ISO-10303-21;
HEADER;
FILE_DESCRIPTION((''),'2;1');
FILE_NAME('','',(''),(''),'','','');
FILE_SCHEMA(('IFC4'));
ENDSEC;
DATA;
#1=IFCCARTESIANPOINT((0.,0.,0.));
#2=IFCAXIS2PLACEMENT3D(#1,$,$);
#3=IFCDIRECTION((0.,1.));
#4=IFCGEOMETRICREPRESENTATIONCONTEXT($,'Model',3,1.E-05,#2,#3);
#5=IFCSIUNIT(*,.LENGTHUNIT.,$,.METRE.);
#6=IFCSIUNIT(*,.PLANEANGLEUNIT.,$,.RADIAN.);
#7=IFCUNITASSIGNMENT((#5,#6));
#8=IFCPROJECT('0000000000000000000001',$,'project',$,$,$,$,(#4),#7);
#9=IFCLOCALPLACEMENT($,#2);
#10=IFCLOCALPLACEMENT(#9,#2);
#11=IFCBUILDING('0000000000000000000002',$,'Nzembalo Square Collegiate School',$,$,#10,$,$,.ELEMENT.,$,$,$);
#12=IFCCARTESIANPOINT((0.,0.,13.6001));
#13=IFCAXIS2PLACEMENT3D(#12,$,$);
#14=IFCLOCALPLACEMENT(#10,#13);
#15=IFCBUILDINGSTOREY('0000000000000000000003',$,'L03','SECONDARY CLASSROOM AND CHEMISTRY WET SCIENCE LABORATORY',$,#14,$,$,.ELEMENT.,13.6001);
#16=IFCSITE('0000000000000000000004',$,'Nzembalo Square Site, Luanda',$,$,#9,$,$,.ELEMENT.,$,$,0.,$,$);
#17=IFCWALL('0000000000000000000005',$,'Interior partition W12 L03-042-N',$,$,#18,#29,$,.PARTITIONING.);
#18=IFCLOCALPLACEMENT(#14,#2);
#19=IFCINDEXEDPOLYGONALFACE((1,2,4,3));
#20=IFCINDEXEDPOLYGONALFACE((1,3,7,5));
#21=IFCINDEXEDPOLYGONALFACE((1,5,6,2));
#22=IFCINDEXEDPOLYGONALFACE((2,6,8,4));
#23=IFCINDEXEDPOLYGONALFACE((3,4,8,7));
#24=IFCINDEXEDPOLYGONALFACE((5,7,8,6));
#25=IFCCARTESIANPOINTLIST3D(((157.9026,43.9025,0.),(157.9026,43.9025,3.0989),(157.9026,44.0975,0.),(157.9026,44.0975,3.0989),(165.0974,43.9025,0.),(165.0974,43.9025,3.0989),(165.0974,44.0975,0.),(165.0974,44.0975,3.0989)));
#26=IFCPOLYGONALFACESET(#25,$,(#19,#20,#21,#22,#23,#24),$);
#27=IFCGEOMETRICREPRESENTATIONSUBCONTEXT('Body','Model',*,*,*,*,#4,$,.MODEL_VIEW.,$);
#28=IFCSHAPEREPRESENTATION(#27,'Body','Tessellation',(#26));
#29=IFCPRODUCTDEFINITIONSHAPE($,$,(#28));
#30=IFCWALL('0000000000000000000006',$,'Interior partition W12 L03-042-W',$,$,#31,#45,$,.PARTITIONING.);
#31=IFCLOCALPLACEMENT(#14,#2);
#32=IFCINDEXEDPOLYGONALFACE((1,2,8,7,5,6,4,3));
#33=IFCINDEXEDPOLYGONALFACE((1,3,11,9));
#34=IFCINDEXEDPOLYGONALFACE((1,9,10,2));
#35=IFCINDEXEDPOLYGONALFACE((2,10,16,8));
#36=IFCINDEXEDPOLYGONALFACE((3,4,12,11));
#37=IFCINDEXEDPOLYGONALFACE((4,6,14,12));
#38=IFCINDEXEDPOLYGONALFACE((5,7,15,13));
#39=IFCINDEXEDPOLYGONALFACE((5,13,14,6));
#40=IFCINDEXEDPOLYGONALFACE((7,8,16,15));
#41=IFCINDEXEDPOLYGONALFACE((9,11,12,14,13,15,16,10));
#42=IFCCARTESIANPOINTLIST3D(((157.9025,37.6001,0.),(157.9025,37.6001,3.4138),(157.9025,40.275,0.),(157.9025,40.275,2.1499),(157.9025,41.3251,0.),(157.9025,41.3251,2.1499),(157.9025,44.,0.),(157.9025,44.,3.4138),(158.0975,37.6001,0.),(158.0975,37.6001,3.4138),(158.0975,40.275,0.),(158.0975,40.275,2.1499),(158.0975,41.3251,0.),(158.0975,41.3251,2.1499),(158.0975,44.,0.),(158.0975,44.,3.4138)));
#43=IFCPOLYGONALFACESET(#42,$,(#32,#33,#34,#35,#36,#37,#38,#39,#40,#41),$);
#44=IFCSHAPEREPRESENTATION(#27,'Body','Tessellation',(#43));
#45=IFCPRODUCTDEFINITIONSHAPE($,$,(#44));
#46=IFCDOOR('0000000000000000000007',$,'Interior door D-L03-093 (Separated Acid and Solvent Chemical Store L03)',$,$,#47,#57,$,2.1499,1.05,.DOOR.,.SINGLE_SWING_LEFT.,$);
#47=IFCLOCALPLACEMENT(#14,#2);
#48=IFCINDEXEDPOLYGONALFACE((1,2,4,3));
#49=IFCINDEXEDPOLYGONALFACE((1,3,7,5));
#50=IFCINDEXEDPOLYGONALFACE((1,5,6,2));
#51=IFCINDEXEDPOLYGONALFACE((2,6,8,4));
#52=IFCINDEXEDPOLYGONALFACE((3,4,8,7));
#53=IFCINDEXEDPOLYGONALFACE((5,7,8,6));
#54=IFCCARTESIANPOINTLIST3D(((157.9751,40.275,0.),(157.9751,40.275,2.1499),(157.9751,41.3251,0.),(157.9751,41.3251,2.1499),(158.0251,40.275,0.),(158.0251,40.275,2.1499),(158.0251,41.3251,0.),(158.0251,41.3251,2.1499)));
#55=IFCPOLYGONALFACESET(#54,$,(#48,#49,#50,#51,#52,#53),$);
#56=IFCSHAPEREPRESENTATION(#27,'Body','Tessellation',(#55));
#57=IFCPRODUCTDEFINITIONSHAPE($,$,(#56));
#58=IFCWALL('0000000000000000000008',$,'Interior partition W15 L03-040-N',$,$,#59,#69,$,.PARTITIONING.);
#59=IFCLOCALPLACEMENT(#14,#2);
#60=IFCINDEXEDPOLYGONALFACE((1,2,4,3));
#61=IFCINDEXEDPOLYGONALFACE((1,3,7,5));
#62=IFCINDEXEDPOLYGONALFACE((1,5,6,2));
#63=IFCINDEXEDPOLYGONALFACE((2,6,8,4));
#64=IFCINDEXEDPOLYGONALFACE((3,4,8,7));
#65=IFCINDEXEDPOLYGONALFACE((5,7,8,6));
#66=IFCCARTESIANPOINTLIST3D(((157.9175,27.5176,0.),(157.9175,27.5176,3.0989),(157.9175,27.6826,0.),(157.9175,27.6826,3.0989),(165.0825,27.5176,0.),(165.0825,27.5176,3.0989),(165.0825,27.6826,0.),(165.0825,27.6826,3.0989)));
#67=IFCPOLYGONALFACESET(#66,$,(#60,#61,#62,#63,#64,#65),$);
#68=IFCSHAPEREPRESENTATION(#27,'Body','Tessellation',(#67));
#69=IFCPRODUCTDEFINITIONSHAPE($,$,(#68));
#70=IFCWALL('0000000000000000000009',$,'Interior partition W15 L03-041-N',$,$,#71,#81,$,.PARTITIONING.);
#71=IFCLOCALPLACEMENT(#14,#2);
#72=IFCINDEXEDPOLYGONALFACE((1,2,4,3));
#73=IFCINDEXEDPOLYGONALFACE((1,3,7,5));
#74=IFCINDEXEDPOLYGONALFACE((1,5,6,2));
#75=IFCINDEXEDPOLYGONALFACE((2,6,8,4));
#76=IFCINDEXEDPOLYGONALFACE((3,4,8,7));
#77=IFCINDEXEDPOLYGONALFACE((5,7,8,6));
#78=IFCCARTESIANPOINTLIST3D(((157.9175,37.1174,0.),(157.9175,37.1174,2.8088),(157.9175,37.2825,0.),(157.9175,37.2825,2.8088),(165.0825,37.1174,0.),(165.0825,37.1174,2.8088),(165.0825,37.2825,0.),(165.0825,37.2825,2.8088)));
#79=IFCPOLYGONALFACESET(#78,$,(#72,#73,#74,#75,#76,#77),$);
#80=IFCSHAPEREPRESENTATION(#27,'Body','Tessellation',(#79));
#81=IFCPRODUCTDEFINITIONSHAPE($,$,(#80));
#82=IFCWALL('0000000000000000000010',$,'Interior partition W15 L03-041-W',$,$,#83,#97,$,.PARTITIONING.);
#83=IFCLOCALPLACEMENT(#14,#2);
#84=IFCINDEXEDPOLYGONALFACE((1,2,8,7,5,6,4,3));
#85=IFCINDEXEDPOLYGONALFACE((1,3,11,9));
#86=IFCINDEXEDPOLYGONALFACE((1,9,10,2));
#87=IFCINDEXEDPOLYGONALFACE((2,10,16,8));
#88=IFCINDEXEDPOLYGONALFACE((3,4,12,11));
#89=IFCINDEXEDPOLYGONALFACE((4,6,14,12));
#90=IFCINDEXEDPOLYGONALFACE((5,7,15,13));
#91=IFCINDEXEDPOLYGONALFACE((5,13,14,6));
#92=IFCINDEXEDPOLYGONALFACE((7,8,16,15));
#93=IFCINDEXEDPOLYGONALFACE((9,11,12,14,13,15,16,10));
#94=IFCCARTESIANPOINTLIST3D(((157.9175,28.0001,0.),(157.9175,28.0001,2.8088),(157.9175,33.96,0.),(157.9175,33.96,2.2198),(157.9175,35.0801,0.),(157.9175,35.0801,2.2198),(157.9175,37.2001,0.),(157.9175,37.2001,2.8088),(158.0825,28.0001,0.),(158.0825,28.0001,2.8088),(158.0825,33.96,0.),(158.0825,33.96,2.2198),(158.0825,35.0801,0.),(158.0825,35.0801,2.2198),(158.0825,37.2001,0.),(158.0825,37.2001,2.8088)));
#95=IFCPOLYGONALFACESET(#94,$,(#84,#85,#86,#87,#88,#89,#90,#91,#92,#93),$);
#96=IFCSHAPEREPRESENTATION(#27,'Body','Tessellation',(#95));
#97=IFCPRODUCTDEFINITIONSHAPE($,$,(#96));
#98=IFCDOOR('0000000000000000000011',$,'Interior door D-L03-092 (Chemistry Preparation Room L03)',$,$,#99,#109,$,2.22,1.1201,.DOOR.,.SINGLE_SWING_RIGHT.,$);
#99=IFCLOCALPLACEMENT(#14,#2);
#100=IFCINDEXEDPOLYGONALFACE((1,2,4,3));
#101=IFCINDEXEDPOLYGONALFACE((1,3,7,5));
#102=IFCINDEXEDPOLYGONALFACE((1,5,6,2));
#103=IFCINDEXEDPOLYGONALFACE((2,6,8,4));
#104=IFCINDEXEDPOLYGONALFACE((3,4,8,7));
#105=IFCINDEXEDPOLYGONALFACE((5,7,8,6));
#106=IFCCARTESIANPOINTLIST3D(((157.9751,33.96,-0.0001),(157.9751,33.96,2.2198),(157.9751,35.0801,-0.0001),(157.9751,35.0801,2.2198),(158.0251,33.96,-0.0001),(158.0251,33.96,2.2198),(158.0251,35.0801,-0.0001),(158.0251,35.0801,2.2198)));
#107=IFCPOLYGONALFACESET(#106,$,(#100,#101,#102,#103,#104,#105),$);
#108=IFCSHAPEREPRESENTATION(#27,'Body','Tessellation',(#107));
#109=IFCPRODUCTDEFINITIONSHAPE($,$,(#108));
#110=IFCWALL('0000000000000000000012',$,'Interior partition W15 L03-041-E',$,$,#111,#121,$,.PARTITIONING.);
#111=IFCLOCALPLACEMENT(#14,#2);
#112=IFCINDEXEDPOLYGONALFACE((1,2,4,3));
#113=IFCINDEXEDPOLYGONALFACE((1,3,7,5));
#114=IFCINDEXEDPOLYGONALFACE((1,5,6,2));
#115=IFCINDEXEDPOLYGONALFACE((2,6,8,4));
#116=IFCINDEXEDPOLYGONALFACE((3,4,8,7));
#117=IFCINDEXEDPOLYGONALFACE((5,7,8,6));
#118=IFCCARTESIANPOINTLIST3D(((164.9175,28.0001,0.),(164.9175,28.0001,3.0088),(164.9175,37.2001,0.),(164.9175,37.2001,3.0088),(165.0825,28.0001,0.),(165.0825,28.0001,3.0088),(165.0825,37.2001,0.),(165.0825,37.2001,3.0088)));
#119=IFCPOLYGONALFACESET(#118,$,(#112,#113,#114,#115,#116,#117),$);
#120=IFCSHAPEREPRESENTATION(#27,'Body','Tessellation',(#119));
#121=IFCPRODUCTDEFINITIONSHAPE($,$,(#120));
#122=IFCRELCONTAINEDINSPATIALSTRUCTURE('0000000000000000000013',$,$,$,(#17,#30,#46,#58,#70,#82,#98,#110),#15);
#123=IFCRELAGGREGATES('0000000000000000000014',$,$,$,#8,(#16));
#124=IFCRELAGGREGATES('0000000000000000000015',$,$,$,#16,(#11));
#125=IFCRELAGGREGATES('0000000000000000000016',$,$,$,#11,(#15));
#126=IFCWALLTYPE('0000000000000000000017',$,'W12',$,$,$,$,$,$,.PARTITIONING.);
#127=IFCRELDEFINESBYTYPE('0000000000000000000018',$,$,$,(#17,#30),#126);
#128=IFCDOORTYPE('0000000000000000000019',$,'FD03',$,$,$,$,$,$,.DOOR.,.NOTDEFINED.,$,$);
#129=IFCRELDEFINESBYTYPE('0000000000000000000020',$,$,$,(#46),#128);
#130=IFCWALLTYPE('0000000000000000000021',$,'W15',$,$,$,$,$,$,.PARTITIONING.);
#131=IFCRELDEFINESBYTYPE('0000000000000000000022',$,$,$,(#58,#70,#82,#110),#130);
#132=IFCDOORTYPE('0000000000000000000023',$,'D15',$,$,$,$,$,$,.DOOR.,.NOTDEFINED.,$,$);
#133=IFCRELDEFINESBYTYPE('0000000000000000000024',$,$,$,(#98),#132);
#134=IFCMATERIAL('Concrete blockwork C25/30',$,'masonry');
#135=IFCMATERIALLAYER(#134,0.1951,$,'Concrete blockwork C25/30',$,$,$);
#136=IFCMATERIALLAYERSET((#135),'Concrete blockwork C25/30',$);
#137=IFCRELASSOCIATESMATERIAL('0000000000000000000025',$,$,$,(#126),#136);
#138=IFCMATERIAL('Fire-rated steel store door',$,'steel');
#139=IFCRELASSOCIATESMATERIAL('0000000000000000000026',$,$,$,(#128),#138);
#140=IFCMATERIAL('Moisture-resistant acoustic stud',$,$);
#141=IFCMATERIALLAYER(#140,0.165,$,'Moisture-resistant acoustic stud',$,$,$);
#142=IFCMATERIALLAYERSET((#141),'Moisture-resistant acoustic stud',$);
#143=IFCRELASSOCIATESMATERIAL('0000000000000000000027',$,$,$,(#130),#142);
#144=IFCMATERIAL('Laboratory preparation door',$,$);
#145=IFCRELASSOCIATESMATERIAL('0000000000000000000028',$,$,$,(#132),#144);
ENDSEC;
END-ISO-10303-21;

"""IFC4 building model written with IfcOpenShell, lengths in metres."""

from ifc_helpers import new_model, si_unit, direction, frame, frame_2d, origin, place, context, subcontext, project, spatial, rectangle, extrude, material, layer, layer_set, type_object, element, fill, save


model = new_model("IFC4")

# Units and contexts
model_context = context("Model", 3, precision=1e-05, world=origin(), true_north=direction((0.0, 1.0)))
body_context = subcontext(model_context, "Body", "Model", "MODEL_VIEW")
ifc_project = project(units=[si_unit("LENGTHUNIT", "METRE"), si_unit("PLANEANGLEUNIT", "RADIAN")], contexts=[model_context])

# Site, building, storey
site_placement = place(None, origin())
site = spatial("IfcSite", under=ifc_project, at=site_placement, Name="Nzembalo Square Site, Luanda", CompositionType="ELEMENT", RefElevation=0.0)
building_placement = place(site_placement, origin())
building = spatial("IfcBuilding", under=site, at=building_placement, Name="Nzembalo Square Collegiate School", CompositionType="ELEMENT")
storey_placement = place(building_placement, frame((0.0, 0.0, 13.6001)))
storey = spatial("IfcBuildingStorey", under=building, at=storey_placement, Name="L03", Description="SECONDARY CLASSROOM AND CHEMISTRY WET SCIENCE LABORATORY", CompositionType="ELEMENT", Elevation=13.6001)

# Wall
ifc_material_1 = material(Name="Concrete blockwork C25/30", Category="masonry")
ifc_layer_1 = layer(ifc_material_1, 0.1951, Name="Concrete blockwork C25/30")
ifc_layer_set_1 = layer_set([ifc_layer_1], Name="Concrete blockwork C25/30")
wall_type_1 = type_object("IfcWallType", Name="W12", PredefinedType="PARTITIONING", material=ifc_layer_set_1)
wall_1_placement = place(storey_placement, frame((157.9026, 44.0, 0.0), z_axis=(0.0, 0.0, 1.0), x_axis=(1.0, 0.0, 0.0)))
element("IfcWall", 1, at=wall_1_placement, inside=storey, type_object=wall_type_1, Name="Interior partition W12 L03-042-N", PredefinedType="PARTITIONING", context=body_context, shape_type="SweptSolid", body=[
    extrude(rectangle(XDim=7.1948, YDim=0.1951, at=frame_2d((3.5974, 0.0))), origin(), (0.0, 0.0, 1.0), 3.0989),
])

# Wall, opening, door
wall_2_placement = place(storey_placement, frame((158.0, 37.6001, 0.0), z_axis=(0.0, 0.0, 1.0), x_axis=(0.0, 1.0, 0.0)))
wall_2 = element("IfcWall", 2, at=wall_2_placement, inside=storey, type_object=wall_type_1, Name="Interior partition W12 L03-042-W", PredefinedType="PARTITIONING", context=body_context, shape_type="SweptSolid", body=[
    extrude(rectangle(XDim=6.3999, YDim=0.1951, at=frame_2d((3.2, 0.0))), origin(), (0.0, 0.0, 1.0), 3.4138),
])
opening_1_placement = place(wall_2_placement, frame((2.675, 0.0, 0.0)))
opening_1 = element("IfcOpeningElement", 3, at=opening_1_placement, cuts=wall_2, PredefinedType="OPENING", context=body_context, shape_type="SweptSolid", body=[
    extrude(rectangle(XDim=1.05, YDim=2.1499, at=frame_2d((0.5249, 1.075))), frame((0.0, 0.1074, 0.0), z_axis=(0.0, -1.0, 0.0), x_axis=(1.0, 0.0, 0.0)), (0.0, 0.0, 1.0), 0.2151),
])
ifc_material_2 = material(Name="Fire-rated steel store door", Category="steel")
door_type_1 = type_object("IfcDoorType", Name="FD03", OperationType="NOTDEFINED", PredefinedType="DOOR", material=ifc_material_2)
door_1_placement = place(opening_1_placement, origin())
door_1 = element("IfcDoor", 4, at=door_1_placement, inside=storey, type_object=door_type_1, Name="Interior door D-L03-093 (Separated Acid and Solvent Chemical Store L03)", OperationType="SINGLE_SWING_LEFT", OverallHeight=2.1499, OverallWidth=1.05, PredefinedType="DOOR", context=body_context, shape_type="SweptSolid", body=[
    extrude(rectangle(XDim=1.05, YDim=2.1499, at=frame_2d((0.5249, 1.075))), frame((0.0, 0.0249, 0.0), z_axis=(0.0, -1.0, 0.0), x_axis=(1.0, 0.0, 0.0)), (0.0, 0.0, 1.0), 0.05),
])
fill(opening_1, door_1)

# Walls
ifc_material_3 = material(Name="Moisture-resistant acoustic stud")
ifc_layer_2 = layer(ifc_material_3, 0.165, Name="Moisture-resistant acoustic stud")
ifc_layer_set_2 = layer_set([ifc_layer_2], Name="Moisture-resistant acoustic stud")
wall_type_2 = type_object("IfcWallType", Name="W15", PredefinedType="PARTITIONING", material=ifc_layer_set_2)
wall_3_placement = place(storey_placement, frame((157.9175, 27.6001, 0.0), z_axis=(0.0, 0.0, 1.0), x_axis=(1.0, 0.0, 0.0)))
element("IfcWall", 5, at=wall_3_placement, inside=storey, type_object=wall_type_2, Name="Interior partition W15 L03-040-N", PredefinedType="PARTITIONING", context=body_context, shape_type="SweptSolid", body=[
    extrude(rectangle(XDim=7.165, YDim=0.165, at=frame_2d((3.5825, 0.0))), origin(), (0.0, 0.0, 1.0), 3.0989),
])
wall_4_placement = place(storey_placement, frame((157.9175, 37.2, 0.0), z_axis=(0.0, 0.0, 1.0), x_axis=(1.0, 0.0, 0.0)))
element("IfcWall", 6, at=wall_4_placement, inside=storey, type_object=wall_type_2, Name="Interior partition W15 L03-041-N", PredefinedType="PARTITIONING", context=body_context, shape_type="SweptSolid", body=[
    extrude(rectangle(XDim=7.165, YDim=0.165, at=frame_2d((3.5825, 0.0))), origin(), (0.0, 0.0, 1.0), 2.8088),
])

# Wall, opening, door
wall_5_placement = place(storey_placement, frame((158.0, 28.0, 0.0), z_axis=(0.0, 0.0, 1.0), x_axis=(0.0, 1.0, 0.0)))
wall_5 = element("IfcWall", 7, at=wall_5_placement, inside=storey, type_object=wall_type_2, Name="Interior partition W15 L03-041-W", PredefinedType="PARTITIONING", context=body_context, shape_type="SweptSolid", body=[
    extrude(rectangle(XDim=9.2, YDim=0.165, at=frame_2d((4.6001, 0.0))), origin(), (0.0, 0.0, 1.0), 2.8088),
])
opening_2_placement = place(wall_5_placement, frame((5.96, 0.0, 0.0)))
opening_2 = element("IfcOpeningElement", 8, at=opening_2_placement, cuts=wall_5, PredefinedType="OPENING", context=body_context, shape_type="SweptSolid", body=[
    extrude(rectangle(XDim=1.1201, YDim=2.22, at=frame_2d((0.5601, 1.1099))), frame((0.0, 0.0925, 0.0), z_axis=(0.0, -1.0, 0.0), x_axis=(1.0, 0.0, 0.0)), (0.0, 0.0, 1.0), 0.1851),
])
ifc_material_4 = material(Name="Laboratory preparation door")
door_type_2 = type_object("IfcDoorType", Name="D15", OperationType="NOTDEFINED", PredefinedType="DOOR", material=ifc_material_4)
door_2_placement = place(opening_2_placement, origin())
door_2 = element("IfcDoor", 9, at=door_2_placement, inside=storey, type_object=door_type_2, Name="Interior door D-L03-092 (Chemistry Preparation Room L03)", OperationType="SINGLE_SWING_RIGHT", OverallHeight=2.22, OverallWidth=1.1201, PredefinedType="DOOR", context=body_context, shape_type="SweptSolid", body=[
    extrude(rectangle(XDim=1.1201, YDim=2.22, at=frame_2d((0.5601, 1.1099))), frame((0.0, 0.0249, 0.0), z_axis=(0.0, -1.0, 0.0), x_axis=(1.0, 0.0, 0.0)), (0.0, 0.0, 1.0), 0.05),
])
fill(opening_2, door_2)

# Wall
wall_6_placement = place(storey_placement, frame((165.0, 28.0, 0.0), z_axis=(0.0, 0.0, 1.0), x_axis=(0.0, 1.0, 0.0)))
element("IfcWall", 10, at=wall_6_placement, inside=storey, type_object=wall_type_2, Name="Interior partition W15 L03-041-E", PredefinedType="PARTITIONING", context=body_context, shape_type="SweptSolid", body=[
    extrude(rectangle(XDim=9.2, YDim=0.165, at=frame_2d((4.6001, 0.0))), origin(), (0.0, 0.0, 1.0), 3.0088),
])

save(model, "model.ifc")
